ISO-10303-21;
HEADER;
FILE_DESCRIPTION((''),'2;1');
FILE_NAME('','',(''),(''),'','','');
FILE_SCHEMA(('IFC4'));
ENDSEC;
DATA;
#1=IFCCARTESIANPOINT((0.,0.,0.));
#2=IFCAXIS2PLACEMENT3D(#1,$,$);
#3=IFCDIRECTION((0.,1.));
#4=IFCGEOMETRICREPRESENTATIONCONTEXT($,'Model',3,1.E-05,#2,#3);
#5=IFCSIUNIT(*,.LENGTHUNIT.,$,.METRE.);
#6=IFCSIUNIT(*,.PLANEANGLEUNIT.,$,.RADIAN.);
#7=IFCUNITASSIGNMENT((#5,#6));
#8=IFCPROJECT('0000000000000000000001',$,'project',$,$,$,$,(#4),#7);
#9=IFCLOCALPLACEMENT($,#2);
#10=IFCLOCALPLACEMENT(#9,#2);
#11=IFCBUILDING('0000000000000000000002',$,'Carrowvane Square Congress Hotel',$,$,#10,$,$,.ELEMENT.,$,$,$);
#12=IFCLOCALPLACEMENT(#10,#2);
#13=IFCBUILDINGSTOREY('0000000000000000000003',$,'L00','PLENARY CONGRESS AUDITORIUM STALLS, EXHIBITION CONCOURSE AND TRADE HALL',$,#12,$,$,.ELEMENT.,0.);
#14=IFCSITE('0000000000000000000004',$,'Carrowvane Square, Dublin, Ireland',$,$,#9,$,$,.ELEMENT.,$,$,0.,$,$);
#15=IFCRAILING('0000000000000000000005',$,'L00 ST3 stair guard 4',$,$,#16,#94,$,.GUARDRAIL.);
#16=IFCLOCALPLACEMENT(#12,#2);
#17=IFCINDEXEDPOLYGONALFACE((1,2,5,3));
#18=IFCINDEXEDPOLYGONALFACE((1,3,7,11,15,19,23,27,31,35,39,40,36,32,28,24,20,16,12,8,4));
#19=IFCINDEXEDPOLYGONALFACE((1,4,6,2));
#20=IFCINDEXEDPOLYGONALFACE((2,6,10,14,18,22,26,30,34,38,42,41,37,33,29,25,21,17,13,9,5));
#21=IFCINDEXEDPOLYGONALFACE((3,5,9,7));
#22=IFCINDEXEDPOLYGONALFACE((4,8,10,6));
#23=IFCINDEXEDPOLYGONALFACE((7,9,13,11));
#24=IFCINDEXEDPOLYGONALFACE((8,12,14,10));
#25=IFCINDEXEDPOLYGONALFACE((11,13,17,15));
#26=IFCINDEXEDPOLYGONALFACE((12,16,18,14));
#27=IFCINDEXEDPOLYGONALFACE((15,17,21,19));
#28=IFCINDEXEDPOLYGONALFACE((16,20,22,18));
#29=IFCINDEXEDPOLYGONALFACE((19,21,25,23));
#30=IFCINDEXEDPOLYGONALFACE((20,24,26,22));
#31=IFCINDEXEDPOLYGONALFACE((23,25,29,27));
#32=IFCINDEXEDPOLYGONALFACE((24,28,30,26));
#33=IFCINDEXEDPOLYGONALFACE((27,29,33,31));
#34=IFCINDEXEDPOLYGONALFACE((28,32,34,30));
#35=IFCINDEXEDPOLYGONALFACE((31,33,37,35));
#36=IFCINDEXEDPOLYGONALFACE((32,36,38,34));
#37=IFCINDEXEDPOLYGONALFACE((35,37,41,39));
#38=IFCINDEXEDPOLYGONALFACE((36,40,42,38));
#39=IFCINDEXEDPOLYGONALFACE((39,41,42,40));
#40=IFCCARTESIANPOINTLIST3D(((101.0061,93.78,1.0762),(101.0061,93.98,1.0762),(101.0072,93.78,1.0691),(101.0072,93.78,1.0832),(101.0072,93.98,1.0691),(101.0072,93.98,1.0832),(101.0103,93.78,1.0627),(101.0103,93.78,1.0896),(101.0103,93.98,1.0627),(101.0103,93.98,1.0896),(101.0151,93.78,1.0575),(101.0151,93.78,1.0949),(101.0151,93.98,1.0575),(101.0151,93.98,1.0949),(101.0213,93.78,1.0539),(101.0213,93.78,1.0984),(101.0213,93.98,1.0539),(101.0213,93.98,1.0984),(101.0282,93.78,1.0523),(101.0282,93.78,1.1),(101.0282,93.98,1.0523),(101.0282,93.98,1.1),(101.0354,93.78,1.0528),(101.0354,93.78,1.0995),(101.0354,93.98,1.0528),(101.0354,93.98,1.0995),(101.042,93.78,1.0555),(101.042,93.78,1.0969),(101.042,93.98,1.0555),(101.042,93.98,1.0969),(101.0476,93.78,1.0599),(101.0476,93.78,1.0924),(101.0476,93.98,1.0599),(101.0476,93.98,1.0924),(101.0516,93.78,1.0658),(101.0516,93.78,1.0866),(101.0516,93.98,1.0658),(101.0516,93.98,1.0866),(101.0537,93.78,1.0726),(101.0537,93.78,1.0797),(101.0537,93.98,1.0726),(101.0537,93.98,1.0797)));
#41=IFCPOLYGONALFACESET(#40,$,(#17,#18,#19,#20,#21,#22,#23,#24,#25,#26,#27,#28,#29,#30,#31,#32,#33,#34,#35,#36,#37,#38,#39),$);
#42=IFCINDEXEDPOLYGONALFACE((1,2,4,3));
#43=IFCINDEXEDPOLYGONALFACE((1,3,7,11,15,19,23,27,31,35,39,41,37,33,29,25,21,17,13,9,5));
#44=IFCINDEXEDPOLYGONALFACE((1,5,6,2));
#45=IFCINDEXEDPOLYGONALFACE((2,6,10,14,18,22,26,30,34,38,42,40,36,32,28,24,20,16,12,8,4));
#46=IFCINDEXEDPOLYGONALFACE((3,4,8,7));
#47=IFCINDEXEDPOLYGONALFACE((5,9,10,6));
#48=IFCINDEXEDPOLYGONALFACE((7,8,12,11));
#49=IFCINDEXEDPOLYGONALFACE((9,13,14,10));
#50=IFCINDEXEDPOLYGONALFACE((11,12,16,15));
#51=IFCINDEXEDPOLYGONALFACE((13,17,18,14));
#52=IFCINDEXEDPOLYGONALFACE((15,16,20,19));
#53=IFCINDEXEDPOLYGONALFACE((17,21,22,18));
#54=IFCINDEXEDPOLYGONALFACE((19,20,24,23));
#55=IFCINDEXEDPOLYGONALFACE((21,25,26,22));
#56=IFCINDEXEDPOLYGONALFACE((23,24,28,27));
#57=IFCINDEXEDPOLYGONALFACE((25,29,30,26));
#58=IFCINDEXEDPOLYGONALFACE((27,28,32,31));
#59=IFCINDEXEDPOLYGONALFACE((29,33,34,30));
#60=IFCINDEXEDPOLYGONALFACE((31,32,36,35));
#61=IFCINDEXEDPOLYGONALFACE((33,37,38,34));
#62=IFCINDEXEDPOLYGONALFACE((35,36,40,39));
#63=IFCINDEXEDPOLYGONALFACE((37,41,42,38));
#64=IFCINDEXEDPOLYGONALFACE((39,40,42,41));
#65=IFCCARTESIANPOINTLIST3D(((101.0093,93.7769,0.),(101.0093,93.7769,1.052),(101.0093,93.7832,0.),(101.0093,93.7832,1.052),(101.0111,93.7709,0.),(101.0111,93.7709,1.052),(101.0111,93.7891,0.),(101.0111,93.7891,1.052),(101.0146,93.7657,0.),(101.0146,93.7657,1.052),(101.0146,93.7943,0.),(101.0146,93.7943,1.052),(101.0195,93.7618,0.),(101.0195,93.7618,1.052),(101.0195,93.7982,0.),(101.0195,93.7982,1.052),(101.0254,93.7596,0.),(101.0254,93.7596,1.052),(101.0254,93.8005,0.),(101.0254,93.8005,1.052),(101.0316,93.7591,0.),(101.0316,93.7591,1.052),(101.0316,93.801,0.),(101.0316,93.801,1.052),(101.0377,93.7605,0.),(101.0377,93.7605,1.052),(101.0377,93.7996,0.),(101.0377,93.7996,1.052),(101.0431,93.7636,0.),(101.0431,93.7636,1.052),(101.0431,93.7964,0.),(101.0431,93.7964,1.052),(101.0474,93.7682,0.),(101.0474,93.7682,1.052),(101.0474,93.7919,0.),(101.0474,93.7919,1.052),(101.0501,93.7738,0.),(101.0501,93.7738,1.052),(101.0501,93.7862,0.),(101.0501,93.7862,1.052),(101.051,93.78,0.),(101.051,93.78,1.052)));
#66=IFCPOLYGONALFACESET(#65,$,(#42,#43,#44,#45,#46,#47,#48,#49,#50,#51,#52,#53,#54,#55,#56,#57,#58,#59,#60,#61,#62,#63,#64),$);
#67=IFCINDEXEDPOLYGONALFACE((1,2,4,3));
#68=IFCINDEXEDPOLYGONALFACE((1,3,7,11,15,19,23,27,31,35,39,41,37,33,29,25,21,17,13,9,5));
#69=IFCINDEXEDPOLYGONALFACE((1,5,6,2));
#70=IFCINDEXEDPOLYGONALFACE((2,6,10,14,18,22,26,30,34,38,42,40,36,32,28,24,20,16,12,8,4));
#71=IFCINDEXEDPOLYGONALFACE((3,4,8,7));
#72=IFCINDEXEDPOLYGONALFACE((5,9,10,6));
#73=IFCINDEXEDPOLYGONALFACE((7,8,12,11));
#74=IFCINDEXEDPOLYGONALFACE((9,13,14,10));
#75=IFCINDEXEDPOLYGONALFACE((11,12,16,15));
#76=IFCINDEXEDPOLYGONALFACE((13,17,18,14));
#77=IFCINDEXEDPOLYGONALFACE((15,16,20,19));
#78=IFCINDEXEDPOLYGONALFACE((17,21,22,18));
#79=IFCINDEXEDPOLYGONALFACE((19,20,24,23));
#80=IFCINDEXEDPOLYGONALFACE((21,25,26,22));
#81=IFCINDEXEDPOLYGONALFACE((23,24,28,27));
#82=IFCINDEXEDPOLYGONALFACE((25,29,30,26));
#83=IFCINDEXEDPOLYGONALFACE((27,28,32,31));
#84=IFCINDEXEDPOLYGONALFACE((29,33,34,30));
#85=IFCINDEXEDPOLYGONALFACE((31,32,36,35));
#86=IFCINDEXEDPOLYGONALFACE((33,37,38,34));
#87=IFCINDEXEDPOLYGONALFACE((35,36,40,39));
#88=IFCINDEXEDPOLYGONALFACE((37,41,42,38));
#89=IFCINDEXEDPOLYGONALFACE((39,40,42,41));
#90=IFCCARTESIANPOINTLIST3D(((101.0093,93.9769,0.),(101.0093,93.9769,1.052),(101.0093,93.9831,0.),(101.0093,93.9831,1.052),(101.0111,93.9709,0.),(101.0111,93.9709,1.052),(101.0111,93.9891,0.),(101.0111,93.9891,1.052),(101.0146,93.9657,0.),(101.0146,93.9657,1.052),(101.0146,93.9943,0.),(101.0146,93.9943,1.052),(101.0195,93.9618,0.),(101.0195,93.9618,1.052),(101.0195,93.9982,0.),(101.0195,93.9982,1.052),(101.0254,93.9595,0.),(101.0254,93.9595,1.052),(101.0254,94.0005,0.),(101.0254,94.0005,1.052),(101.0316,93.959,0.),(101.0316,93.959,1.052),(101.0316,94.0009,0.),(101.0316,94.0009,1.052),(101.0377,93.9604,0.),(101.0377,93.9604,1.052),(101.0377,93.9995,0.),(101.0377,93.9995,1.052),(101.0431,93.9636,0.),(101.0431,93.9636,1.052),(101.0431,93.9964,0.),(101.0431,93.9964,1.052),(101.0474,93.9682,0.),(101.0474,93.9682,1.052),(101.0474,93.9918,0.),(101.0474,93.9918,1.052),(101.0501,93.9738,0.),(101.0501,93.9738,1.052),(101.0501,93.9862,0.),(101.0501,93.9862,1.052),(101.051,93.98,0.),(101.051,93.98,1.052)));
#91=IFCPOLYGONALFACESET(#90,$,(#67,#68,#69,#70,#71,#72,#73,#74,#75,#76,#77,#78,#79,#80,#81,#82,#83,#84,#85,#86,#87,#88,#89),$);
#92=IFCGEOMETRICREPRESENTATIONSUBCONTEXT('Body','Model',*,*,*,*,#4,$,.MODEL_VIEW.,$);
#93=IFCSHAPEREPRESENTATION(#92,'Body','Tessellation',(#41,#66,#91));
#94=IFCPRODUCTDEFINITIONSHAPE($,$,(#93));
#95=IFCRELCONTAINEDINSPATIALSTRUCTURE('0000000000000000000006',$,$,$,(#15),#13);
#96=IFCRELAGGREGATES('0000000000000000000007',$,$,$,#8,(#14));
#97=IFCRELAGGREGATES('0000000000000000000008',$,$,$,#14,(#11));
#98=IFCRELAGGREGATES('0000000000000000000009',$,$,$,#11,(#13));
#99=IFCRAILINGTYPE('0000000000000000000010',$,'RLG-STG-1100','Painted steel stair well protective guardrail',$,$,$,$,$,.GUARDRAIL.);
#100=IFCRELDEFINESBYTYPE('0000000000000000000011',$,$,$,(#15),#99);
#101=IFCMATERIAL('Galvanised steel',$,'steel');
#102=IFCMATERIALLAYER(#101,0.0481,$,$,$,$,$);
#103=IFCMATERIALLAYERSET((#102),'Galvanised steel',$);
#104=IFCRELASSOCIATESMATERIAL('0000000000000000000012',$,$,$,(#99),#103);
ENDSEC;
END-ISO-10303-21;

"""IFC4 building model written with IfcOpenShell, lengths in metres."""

from ifc_helpers import new_model, si_unit, direction, frame, origin, origin_2d, place, context, subcontext, project, spatial, circle, extrude, material, layer, layer_set, type_object, element, save


model = new_model("IFC4")

# Units and contexts
model_context = context("Model", 3, precision=1e-05, world=origin(), true_north=direction((0.0, 1.0)))
body_context = subcontext(model_context, "Body", "Model", "MODEL_VIEW")
ifc_project = project(units=[si_unit("LENGTHUNIT", "METRE"), si_unit("PLANEANGLEUNIT", "RADIAN")], contexts=[model_context])

# Site, building, storey
site_placement = place(None, origin())
site = spatial("IfcSite", under=ifc_project, at=site_placement, Name="Carrowvane Square, Dublin, Ireland", CompositionType="ELEMENT", RefElevation=0.0)
building_placement = place(site_placement, origin())
building = spatial("IfcBuilding", under=site, at=building_placement, Name="Carrowvane Square Congress Hotel", CompositionType="ELEMENT")
storey_placement = place(building_placement, origin())
storey = spatial("IfcBuildingStorey", under=building, at=storey_placement, Name="L00", Description="PLENARY CONGRESS AUDITORIUM STALLS, EXHIBITION CONCOURSE AND TRADE HALL", CompositionType="ELEMENT", Elevation=0.0)

# Railing
ifc_material_1 = material(Name="Galvanised steel", Category="steel")
ifc_layer_1 = layer(ifc_material_1, 0.0481)
ifc_layer_set_1 = layer_set([ifc_layer_1], Name="Galvanised steel")
railing_type_1 = type_object("IfcRailingType", Name="RLG-STG-1100", Description="Painted steel stair well protective guardrail", PredefinedType="GUARDRAIL", material=ifc_layer_set_1)
railing_1_placement = place(storey_placement, frame((101.03, 93.78, 0.0)))
element("IfcRailing", 1, at=railing_1_placement, inside=storey, type_object=railing_type_1, Name="L00 ST3 stair guard 4", PredefinedType="GUARDRAIL", context=body_context, shape_type="SweptSolid", body=[
    extrude(circle(Radius=0.0239, at=origin_2d()), frame((0.0, 0.0, 1.0762), z_axis=(0.0, 1.0, 0.0), x_axis=(-1.0, 0.0, 0.0)), (0.0, 0.0, 1.0), 0.2),
    extrude(circle(Radius=0.021, at=origin_2d()), origin(), (0.0, 0.0, 1.0), 1.052),
    extrude(circle(Radius=0.021, at=origin_2d()), frame((0.0, 0.2, 0.0)), (0.0, 0.0, 1.0), 1.052),
])

save(model, "model.ifc")
